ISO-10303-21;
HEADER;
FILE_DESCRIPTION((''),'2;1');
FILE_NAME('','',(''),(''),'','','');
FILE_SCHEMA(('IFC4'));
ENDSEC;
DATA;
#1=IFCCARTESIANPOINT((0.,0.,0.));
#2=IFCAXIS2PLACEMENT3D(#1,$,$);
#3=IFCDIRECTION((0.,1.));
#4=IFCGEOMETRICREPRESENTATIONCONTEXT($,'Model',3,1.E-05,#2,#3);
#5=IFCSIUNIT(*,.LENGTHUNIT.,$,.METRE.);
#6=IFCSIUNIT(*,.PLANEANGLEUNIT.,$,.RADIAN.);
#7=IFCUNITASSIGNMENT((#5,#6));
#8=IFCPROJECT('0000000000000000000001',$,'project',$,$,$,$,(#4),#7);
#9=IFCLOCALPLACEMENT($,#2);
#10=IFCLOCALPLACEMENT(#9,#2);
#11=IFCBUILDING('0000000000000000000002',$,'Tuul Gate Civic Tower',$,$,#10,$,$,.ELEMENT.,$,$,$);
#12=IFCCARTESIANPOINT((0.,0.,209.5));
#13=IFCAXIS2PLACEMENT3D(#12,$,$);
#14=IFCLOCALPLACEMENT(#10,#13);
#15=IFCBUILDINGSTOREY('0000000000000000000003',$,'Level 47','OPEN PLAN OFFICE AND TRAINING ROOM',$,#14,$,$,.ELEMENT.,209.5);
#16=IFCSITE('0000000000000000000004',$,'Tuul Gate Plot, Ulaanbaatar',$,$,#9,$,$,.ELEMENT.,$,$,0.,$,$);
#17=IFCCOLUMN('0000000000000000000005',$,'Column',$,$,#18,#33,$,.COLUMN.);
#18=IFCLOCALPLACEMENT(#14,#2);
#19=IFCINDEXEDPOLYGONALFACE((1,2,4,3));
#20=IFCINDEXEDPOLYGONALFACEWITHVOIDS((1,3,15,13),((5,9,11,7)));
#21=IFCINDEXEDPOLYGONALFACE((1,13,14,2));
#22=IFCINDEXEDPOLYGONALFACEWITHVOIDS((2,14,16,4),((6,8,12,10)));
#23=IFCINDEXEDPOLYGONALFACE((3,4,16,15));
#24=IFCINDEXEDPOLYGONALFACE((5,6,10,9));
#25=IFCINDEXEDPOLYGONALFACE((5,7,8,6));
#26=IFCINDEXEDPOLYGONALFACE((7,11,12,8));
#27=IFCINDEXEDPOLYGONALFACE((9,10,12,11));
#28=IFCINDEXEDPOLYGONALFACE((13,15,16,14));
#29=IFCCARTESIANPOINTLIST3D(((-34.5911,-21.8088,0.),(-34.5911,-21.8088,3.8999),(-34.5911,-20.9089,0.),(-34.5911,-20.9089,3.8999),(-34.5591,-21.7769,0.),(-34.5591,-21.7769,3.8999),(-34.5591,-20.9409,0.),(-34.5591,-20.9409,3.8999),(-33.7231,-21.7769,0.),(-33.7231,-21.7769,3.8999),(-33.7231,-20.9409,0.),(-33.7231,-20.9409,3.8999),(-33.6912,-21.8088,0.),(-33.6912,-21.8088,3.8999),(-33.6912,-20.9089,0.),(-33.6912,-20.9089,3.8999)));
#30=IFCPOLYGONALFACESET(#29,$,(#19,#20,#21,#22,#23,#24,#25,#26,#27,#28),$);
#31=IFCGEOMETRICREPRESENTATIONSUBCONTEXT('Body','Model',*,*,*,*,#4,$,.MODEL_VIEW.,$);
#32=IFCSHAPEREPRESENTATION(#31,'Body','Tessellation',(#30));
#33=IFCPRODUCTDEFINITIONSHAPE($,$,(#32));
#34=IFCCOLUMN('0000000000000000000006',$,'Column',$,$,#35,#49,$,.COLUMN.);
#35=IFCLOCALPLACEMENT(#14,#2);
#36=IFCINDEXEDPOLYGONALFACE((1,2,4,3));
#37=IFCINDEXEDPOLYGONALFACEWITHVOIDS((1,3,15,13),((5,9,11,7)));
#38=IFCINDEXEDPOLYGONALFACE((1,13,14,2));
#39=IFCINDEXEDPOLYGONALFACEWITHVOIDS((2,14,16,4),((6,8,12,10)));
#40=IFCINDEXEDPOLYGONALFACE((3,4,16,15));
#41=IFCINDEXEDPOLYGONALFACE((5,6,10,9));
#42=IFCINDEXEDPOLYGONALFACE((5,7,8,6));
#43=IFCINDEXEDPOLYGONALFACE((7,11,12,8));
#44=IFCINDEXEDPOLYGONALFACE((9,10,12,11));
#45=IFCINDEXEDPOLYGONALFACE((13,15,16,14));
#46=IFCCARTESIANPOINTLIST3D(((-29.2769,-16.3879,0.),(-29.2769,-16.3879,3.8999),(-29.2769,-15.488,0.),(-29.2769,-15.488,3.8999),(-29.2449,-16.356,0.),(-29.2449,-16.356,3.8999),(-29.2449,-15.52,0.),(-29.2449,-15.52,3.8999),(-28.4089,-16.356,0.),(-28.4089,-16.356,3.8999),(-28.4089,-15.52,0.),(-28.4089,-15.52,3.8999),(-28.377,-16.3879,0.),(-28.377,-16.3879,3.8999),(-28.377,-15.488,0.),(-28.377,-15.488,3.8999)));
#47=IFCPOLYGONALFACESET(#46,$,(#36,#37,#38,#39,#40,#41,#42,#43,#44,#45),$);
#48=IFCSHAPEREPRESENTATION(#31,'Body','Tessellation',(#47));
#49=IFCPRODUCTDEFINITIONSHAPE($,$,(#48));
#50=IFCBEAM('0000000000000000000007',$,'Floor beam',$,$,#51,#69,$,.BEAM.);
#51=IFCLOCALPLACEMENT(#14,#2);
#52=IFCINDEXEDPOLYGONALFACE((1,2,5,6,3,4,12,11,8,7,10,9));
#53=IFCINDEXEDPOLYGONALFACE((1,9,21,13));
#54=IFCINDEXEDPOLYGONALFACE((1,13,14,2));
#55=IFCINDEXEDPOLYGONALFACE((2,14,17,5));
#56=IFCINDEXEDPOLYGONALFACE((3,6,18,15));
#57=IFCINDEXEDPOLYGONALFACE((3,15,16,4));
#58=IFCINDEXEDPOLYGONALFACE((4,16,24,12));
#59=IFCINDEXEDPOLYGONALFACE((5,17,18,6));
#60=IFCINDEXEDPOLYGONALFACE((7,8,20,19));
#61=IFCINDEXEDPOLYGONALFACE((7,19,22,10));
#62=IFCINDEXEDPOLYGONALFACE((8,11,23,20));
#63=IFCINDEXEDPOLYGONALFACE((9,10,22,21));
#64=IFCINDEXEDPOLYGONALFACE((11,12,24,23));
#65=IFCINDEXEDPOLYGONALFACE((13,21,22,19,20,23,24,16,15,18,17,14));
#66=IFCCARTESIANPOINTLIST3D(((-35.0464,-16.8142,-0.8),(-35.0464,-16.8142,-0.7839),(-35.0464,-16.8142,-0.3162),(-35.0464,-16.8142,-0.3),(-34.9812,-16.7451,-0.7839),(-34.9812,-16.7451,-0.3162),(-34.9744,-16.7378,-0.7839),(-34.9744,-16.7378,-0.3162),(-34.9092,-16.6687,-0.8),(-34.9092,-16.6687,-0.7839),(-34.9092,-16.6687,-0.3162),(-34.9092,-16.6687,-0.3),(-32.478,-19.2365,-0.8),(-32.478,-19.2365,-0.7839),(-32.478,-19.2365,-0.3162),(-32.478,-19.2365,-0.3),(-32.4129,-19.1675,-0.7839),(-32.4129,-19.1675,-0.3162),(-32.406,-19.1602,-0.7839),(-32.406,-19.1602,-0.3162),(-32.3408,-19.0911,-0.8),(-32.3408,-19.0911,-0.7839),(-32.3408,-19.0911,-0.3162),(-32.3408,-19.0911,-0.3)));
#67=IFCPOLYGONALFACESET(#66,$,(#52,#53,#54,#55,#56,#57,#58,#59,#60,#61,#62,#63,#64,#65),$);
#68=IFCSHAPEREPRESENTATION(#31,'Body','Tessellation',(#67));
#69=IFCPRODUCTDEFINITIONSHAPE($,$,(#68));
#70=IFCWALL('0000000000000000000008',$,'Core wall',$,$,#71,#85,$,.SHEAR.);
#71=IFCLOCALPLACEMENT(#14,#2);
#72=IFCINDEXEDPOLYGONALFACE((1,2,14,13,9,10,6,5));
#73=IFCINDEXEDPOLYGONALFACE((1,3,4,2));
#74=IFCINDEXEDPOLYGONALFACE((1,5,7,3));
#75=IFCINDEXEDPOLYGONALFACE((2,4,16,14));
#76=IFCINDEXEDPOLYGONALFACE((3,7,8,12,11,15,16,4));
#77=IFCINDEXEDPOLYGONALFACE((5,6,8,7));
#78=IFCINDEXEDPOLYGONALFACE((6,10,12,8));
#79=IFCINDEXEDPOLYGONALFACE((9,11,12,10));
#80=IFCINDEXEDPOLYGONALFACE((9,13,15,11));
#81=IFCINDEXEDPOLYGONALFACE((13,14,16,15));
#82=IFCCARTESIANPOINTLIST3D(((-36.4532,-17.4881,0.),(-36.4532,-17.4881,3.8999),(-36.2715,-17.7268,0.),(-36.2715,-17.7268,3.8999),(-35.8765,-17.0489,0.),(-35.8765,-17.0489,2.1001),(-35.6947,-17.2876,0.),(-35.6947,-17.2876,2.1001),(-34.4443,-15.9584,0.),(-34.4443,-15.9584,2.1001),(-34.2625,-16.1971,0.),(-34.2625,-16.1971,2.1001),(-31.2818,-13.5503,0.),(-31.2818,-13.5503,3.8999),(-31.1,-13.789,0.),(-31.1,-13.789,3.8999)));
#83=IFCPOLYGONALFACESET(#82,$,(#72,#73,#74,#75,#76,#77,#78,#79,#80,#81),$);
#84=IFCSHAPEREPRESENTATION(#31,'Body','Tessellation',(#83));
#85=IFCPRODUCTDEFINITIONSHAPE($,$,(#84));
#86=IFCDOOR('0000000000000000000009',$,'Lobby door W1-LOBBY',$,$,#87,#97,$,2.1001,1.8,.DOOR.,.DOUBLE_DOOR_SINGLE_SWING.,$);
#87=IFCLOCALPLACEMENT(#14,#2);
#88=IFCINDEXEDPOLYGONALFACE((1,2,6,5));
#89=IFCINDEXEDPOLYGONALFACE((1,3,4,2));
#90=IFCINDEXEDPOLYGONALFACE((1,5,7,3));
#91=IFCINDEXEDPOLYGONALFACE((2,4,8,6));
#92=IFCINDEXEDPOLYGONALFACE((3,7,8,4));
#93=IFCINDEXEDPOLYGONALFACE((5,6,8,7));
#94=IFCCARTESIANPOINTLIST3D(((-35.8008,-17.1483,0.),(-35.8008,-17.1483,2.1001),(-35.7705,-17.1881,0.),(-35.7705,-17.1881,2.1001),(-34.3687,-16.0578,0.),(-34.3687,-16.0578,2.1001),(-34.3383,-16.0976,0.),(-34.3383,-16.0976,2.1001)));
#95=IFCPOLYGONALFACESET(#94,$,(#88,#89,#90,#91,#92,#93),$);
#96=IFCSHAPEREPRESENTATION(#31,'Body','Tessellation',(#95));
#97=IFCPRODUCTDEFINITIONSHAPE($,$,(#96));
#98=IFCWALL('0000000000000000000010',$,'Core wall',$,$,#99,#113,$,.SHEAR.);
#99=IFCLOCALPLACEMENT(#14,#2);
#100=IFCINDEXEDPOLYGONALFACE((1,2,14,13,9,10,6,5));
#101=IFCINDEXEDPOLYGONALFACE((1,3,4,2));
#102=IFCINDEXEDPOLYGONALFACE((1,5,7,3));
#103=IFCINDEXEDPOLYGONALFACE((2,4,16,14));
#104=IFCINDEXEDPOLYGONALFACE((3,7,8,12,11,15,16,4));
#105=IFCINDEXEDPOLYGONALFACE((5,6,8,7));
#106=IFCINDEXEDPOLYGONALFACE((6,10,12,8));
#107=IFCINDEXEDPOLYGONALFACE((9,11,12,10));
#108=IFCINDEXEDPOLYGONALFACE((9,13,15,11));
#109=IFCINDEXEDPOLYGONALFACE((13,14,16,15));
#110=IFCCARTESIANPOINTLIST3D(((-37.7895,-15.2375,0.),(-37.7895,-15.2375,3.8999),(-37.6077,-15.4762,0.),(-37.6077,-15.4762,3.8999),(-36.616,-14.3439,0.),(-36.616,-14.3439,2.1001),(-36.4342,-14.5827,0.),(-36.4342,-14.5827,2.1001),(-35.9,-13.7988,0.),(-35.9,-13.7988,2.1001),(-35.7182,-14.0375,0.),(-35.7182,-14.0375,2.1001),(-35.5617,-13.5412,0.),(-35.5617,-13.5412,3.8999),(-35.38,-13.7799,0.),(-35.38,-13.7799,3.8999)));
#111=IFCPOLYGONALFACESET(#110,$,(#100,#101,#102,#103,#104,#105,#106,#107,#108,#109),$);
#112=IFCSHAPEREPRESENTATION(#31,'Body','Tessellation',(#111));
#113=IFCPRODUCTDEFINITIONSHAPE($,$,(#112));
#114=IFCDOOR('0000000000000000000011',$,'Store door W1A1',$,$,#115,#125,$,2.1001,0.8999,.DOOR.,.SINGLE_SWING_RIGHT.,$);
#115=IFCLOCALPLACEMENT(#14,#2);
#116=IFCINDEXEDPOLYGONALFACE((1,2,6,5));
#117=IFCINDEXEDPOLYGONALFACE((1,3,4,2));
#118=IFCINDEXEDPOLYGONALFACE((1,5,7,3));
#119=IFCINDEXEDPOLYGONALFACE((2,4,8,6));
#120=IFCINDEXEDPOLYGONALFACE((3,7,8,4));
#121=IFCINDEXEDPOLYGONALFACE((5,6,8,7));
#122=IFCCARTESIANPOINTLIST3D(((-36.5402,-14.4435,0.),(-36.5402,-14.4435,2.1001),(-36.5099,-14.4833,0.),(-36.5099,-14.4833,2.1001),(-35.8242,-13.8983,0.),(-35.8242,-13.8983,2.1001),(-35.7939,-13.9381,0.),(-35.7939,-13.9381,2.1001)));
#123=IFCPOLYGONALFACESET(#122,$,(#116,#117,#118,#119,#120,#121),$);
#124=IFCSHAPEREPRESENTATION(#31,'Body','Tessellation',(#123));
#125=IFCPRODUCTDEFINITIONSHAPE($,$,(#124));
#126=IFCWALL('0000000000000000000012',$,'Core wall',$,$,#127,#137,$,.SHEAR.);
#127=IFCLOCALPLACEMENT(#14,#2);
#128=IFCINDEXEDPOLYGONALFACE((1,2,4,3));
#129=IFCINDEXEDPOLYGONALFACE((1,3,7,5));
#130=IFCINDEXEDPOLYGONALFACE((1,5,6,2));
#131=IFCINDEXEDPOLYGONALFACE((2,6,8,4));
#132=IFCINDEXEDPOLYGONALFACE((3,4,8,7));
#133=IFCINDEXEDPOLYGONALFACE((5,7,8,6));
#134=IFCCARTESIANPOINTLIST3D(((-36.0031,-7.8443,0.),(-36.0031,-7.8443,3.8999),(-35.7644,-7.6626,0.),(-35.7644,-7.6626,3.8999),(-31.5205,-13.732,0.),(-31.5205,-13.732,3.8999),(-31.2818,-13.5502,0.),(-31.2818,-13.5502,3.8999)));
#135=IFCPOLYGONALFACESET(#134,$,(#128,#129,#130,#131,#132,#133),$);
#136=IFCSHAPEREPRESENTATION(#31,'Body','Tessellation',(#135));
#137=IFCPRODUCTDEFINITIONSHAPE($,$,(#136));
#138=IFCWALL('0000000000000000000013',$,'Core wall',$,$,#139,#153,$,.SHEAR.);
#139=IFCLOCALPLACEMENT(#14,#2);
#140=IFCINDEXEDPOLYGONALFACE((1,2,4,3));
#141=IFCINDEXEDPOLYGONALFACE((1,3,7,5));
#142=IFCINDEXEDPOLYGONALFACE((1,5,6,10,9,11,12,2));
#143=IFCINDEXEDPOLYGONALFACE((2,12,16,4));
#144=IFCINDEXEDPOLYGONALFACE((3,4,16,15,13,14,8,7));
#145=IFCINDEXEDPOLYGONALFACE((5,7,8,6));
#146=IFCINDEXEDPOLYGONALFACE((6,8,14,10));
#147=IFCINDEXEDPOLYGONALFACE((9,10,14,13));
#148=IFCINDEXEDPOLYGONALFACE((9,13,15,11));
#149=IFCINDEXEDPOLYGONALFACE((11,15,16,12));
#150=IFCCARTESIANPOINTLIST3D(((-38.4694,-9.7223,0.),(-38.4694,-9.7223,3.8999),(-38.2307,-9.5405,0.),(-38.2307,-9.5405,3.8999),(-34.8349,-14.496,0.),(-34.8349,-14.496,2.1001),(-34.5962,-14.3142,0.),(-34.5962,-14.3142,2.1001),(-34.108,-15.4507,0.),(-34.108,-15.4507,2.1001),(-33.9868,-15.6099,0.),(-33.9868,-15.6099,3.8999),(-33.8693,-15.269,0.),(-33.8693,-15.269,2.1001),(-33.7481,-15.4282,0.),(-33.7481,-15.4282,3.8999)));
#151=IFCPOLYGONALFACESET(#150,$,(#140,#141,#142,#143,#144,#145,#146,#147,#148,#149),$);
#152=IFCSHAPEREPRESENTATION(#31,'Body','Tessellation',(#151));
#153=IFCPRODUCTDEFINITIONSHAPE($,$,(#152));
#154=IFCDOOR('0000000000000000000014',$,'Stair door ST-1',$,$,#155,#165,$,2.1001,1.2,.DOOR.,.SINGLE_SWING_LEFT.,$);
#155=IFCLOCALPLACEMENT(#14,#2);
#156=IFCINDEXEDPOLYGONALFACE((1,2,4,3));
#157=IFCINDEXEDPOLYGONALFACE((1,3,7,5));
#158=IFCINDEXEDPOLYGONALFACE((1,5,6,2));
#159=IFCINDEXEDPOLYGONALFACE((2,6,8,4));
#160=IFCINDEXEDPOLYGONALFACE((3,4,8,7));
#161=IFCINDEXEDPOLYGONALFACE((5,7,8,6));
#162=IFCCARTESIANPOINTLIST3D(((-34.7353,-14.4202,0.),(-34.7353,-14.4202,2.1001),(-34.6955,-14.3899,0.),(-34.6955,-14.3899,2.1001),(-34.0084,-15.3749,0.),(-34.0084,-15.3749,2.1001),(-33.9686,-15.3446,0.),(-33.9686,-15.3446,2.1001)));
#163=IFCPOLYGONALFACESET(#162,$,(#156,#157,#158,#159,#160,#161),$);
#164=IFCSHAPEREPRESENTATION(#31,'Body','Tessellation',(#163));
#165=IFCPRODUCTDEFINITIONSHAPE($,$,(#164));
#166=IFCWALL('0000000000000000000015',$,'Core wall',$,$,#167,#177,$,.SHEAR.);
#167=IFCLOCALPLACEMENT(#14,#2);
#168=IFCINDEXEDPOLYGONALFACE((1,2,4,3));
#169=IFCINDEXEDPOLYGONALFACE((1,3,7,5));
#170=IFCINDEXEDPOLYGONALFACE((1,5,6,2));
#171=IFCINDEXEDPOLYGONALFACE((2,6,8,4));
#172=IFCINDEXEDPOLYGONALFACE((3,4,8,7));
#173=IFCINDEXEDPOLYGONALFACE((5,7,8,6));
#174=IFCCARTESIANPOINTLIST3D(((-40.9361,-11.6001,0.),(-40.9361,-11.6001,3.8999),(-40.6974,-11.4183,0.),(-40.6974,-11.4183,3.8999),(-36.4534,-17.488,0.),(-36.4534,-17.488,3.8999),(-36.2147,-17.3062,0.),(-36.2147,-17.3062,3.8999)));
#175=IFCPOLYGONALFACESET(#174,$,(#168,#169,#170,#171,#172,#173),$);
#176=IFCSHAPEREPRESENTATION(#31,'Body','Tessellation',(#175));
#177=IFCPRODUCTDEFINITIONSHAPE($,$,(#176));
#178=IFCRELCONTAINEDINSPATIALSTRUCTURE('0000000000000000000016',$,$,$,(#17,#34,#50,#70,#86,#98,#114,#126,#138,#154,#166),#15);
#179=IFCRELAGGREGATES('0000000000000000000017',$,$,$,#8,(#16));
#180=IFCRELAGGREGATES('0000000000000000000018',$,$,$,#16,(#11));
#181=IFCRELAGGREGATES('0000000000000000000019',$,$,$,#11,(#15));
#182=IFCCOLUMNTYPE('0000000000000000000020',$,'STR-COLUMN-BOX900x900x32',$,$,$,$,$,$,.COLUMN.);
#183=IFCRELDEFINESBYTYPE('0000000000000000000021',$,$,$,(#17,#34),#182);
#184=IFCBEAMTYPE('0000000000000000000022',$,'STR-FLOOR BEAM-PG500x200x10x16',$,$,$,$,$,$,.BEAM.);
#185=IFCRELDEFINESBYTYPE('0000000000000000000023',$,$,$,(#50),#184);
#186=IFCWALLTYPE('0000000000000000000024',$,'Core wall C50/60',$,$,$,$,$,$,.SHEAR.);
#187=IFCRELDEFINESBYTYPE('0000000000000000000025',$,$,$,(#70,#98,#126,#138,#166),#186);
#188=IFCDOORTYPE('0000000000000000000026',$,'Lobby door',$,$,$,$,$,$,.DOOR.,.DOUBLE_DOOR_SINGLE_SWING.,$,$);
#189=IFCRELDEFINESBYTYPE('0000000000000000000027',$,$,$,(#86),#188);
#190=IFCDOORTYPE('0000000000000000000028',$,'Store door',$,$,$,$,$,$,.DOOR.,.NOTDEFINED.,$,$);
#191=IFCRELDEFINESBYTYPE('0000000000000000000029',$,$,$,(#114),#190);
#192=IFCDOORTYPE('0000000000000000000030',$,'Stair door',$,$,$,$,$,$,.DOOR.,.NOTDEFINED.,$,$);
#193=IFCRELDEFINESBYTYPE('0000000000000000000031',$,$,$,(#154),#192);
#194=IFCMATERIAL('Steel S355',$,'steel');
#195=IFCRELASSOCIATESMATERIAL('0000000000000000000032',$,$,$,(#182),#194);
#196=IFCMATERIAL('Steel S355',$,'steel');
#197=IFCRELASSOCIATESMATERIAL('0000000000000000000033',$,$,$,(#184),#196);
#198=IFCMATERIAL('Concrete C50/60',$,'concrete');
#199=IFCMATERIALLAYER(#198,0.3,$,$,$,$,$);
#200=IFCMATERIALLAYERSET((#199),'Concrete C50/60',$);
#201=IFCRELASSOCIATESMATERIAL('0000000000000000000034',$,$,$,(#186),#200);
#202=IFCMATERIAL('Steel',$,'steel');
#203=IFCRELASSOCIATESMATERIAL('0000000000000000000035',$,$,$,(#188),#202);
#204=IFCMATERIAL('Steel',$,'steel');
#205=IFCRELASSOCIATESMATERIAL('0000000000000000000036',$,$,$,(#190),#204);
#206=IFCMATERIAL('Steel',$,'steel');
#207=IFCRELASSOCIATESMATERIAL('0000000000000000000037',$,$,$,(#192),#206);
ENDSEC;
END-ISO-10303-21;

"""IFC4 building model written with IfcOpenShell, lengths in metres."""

from ifc_helpers import new_model, si_unit, direction, frame, frame_2d, origin, origin_2d, place, context, subcontext, project, spatial, rectangle, hollow_rectangle, i_section, extrude, material, layer, layer_set, material_profile, profile_set, type_object, element, fill, save


model = new_model("IFC4")

# Units and contexts
model_context = context("Model", 3, precision=1e-05, world=origin(), true_north=direction((0.0, 1.0)))
body_context = subcontext(model_context, "Body", "Model", "MODEL_VIEW")
ifc_project = project(units=[si_unit("LENGTHUNIT", "METRE"), si_unit("PLANEANGLEUNIT", "RADIAN")], contexts=[model_context])

# Site, building, storey
site_placement = place(None, origin())
site = spatial("IfcSite", under=ifc_project, at=site_placement, Name="Tuul Gate Plot, Ulaanbaatar", CompositionType="ELEMENT", RefElevation=0.0)
building_placement = place(site_placement, origin())
building = spatial("IfcBuilding", under=site, at=building_placement, Name="Tuul Gate Civic Tower", CompositionType="ELEMENT")
storey_placement = place(building_placement, frame((0.0, 0.0, 209.5)))
storey = spatial("IfcBuildingStorey", under=building, at=storey_placement, Name="Level 47", Description="OPEN PLAN OFFICE AND TRAINING ROOM", CompositionType="ELEMENT", Elevation=209.5)

# Columns
ifc_material_1 = material(Name="Steel S355", Category="steel")
ifc_material_profile_1 = material_profile(ifc_material_1, hollow_rectangle(XDim=0.8999, YDim=0.8999, WallThickness=0.032, at=origin_2d()), Name="BOX900x900x32")
ifc_profile_set_1 = profile_set([ifc_material_profile_1], Name="Steel S355")
column_type = type_object("IfcColumnType", Name="STR-COLUMN-BOX900x900x32", PredefinedType="COLUMN", material=ifc_profile_set_1)
for number, where, z_axis, x_axis, name in (
    (1, (-34.1411, -21.3589, 0.0), (0.0, 0.0, 1.0), (1.0, 0.0, 0.0), "Column"),
    (2, (-28.8269, -15.938, 0.0), (0.0, 0.0, 1.0), (1.0, 0.0, 0.0), "Column"),
):
    element("IfcColumn", number, at=place(storey_placement, frame(where, z_axis=z_axis, x_axis=x_axis)), inside=storey, type_object=column_type, Name=name, PredefinedType="COLUMN", context=body_context, shape_type="SweptSolid", body=[
        extrude(hollow_rectangle(XDim=0.8999, YDim=0.8999, WallThickness=0.032, at=origin_2d()), origin(), (0.0, 0.0, 1.0), 3.8999),
    ])

# Beam
ifc_material_2 = material(Name="Steel S355", Category="steel")
ifc_material_profile_2 = material_profile(ifc_material_2, i_section(OverallWidth=0.2, OverallDepth=0.5, WebThickness=0.01, FlangeThickness=0.0161, at=origin_2d()), Name="PG500x200x10x16")
ifc_profile_set_2 = profile_set([ifc_material_profile_2], Name="Steel S355")
beam_type = type_object("IfcBeamType", Name="STR-FLOOR BEAM-PG500x200x10x16", PredefinedType="BEAM", material=ifc_profile_set_2)
beam_placement = place(storey_placement, frame((-32.4094, -19.1638, -0.55), z_axis=(-0.727481, 0.686128, 0.0), x_axis=(-0.686128, -0.727481, 0.0)))
element("IfcBeam", 3, at=beam_placement, inside=storey, type_object=beam_type, Name="Floor beam", PredefinedType="BEAM", context=body_context, shape_type="SweptSolid", body=[
    extrude(i_section(OverallWidth=0.2, OverallDepth=0.5, WebThickness=0.01, FlangeThickness=0.0161, at=origin_2d()), origin(), (0.0, 0.0, 1.0), 3.5305),
])

# Walls, openings, doors
ifc_material_3 = material(Name="Concrete C50/60", Category="concrete")
ifc_layer_1 = layer(ifc_material_3, 0.3)
ifc_layer_set_1 = layer_set([ifc_layer_1], Name="Concrete C50/60")
wall_type_1 = type_object("IfcWallType", Name="Core wall C50/60", PredefinedType="SHEAR", material=ifc_layer_set_1)
wall_1_placement = place(storey_placement, frame((-31.1909, -13.6697, 0.0), z_axis=(0.0, 0.0, 1.0), x_axis=(-0.795607, -0.605813, 0.0)))
wall_1 = element("IfcWall", 4, at=wall_1_placement, inside=storey, type_object=wall_type_1, Name="Core wall", PredefinedType="SHEAR", context=body_context, shape_type="SweptSolid", body=[
    extrude(rectangle(XDim=6.5, YDim=0.3, at=frame_2d((3.25, 0.0))), origin(), (0.0, 0.0, 1.0), 3.8999),
])
opening_1_placement = place(wall_1_placement, frame((3.9751, 0.0, 0.0)))
opening_1 = element("IfcOpeningElement", 5, at=opening_1_placement, cuts=wall_1, PredefinedType="OPENING", context=body_context, shape_type="SweptSolid", body=[
    extrude(rectangle(XDim=1.8, YDim=2.1001, at=frame_2d((0.8999, 1.05))), frame((0.0, 0.1602, 0.0), z_axis=(0.0, -1.0, 0.0), x_axis=(1.0, 0.0, 0.0)), (0.0, 0.0, 1.0), 0.3201),
])
ifc_material_4 = material(Name="Steel", Category="steel")
door_type_1 = type_object("IfcDoorType", Name="Lobby door", OperationType="DOUBLE_DOOR_SINGLE_SWING", PredefinedType="DOOR", material=ifc_material_4)
door_1_placement = place(opening_1_placement, origin())
door_1 = element("IfcDoor", 6, at=door_1_placement, inside=storey, type_object=door_type_1, Name="Lobby door W1-LOBBY", OperationType="DOUBLE_DOOR_SINGLE_SWING", OverallHeight=2.1001, OverallWidth=1.8, PredefinedType="DOOR", context=body_context, shape_type="SweptSolid", body=[
    extrude(rectangle(XDim=1.8, YDim=2.1001, at=frame_2d((0.8999, 1.05))), frame((0.0, 0.0249, 0.0), z_axis=(0.0, -1.0, 0.0), x_axis=(1.0, 0.0, 0.0)), (0.0, 0.0, 1.0), 0.05),
])
fill(opening_1, door_1)
wall_2_placement = place(storey_placement, frame((-35.4709, -13.6606, 0.0), z_axis=(0.0, 0.0, 1.0), x_axis=(-0.795616, -0.605802, 0.0)))
wall_2 = element("IfcWall", 7, at=wall_2_placement, inside=storey, type_object=wall_type_1, Name="Core wall", PredefinedType="SHEAR", context=body_context, shape_type="SweptSolid", body=[
    extrude(rectangle(XDim=2.8, YDim=0.3, at=frame_2d((1.3999, 0.0))), origin(), (0.0, 0.0, 1.0), 3.8999),
])
opening_2_placement = place(wall_2_placement, frame((0.425, 0.0, 0.0)))
opening_2 = element("IfcOpeningElement", 8, at=opening_2_placement, cuts=wall_2, PredefinedType="OPENING", context=body_context, shape_type="SweptSolid", body=[
    extrude(rectangle(XDim=0.8999, YDim=2.1001, at=frame_2d((0.45, 1.05))), frame((0.0, 0.1602, 0.0), z_axis=(0.0, -1.0, 0.0), x_axis=(1.0, 0.0, 0.0)), (0.0, 0.0, 1.0), 0.3201),
])
ifc_material_5 = material(Name="Steel", Category="steel")
door_type_2 = type_object("IfcDoorType", Name="Store door", OperationType="NOTDEFINED", PredefinedType="DOOR", material=ifc_material_5)
door_2_placement = place(opening_2_placement, frame((0.8999, 0.0, 0.0), z_axis=(0.0, 0.0, 1.0), x_axis=(-1.0, 0.0, 0.0)))
door_2 = element("IfcDoor", 9, at=door_2_placement, inside=storey, type_object=door_type_2, Name="Store door W1A1", OperationType="SINGLE_SWING_RIGHT", OverallHeight=2.1001, OverallWidth=0.8999, PredefinedType="DOOR", context=body_context, shape_type="SweptSolid", body=[
    extrude(rectangle(XDim=0.8999, YDim=2.1001, at=frame_2d((0.45, 1.05))), frame((0.0, 0.0249, 0.0), z_axis=(0.0, -1.0, 0.0), x_axis=(1.0, 0.0, 0.0)), (0.0, 0.0, 1.0), 0.05),
])
fill(opening_2, door_2)

# Wall
wall_3_placement = place(storey_placement, frame((-31.4011, -13.6411, 0.0), z_axis=(0.0, 0.0, 1.0), x_axis=(-0.60577, 0.79564, 0.0)))
element("IfcWall", 10, at=wall_3_placement, inside=storey, type_object=wall_type_1, Name="Core wall", PredefinedType="SHEAR", context=body_context, shape_type="SweptSolid", body=[
    extrude(rectangle(XDim=7.3999, YDim=0.3, at=frame_2d((3.7, 0.0))), origin(), (0.0, 0.0, 1.0), 3.8999),
])

# Wall, opening, door
wall_4_placement = place(storey_placement, frame((-33.8674, -15.519, 0.0), z_axis=(0.0, 0.0, 1.0), x_axis=(-0.60577, 0.79564, 0.0)))
wall_4 = element("IfcWall", 11, at=wall_4_placement, inside=storey, type_object=wall_type_1, Name="Core wall", PredefinedType="SHEAR", context=body_context, shape_type="SweptSolid", body=[
    extrude(rectangle(XDim=7.3999, YDim=0.3, at=frame_2d((3.7, 0.0))), origin(), (0.0, 0.0, 1.0), 3.8999),
])
opening_3_placement = place(wall_4_placement, frame((0.2, 0.0, 0.0)))
opening_3 = element("IfcOpeningElement", 12, at=opening_3_placement, cuts=wall_4, PredefinedType="OPENING", context=body_context, shape_type="SweptSolid", body=[
    extrude(rectangle(XDim=1.2, YDim=2.1001, at=frame_2d((0.6001, 1.05))), frame((0.0, 0.1602, 0.0), z_axis=(0.0, -1.0, 0.0), x_axis=(1.0, 0.0, 0.0)), (0.0, 0.0, 1.0), 0.3201),
])
ifc_material_6 = material(Name="Steel", Category="steel")
door_type_3 = type_object("IfcDoorType", Name="Stair door", OperationType="NOTDEFINED", PredefinedType="DOOR", material=ifc_material_6)
door_3_placement = place(opening_3_placement, origin())
door_3 = element("IfcDoor", 13, at=door_3_placement, inside=storey, type_object=door_type_3, Name="Stair door ST-1", OperationType="SINGLE_SWING_LEFT", OverallHeight=2.1001, OverallWidth=1.2, PredefinedType="DOOR", context=body_context, shape_type="SweptSolid", body=[
    extrude(rectangle(XDim=1.2, YDim=2.1001, at=frame_2d((0.6001, 1.05))), frame((0.0, 0.0249, 0.0), z_axis=(0.0, -1.0, 0.0), x_axis=(1.0, 0.0, 0.0)), (0.0, 0.0, 1.0), 0.05),
])
fill(opening_3, door_3)

# Wall
wall_5_placement = place(storey_placement, frame((-36.334, -17.3972, 0.0), z_axis=(0.0, 0.0, 1.0), x_axis=(-0.605754, 0.795652, 0.0)))
element("IfcWall", 14, at=wall_5_placement, inside=storey, type_object=wall_type_1, Name="Core wall", PredefinedType="SHEAR", context=body_context, shape_type="SweptSolid", body=[
    extrude(rectangle(XDim=7.4001, YDim=0.3, at=frame_2d((3.7002, 0.0))), origin(), (0.0, 0.0, 1.0), 3.8999),
])

save(model, "model.ifc")
